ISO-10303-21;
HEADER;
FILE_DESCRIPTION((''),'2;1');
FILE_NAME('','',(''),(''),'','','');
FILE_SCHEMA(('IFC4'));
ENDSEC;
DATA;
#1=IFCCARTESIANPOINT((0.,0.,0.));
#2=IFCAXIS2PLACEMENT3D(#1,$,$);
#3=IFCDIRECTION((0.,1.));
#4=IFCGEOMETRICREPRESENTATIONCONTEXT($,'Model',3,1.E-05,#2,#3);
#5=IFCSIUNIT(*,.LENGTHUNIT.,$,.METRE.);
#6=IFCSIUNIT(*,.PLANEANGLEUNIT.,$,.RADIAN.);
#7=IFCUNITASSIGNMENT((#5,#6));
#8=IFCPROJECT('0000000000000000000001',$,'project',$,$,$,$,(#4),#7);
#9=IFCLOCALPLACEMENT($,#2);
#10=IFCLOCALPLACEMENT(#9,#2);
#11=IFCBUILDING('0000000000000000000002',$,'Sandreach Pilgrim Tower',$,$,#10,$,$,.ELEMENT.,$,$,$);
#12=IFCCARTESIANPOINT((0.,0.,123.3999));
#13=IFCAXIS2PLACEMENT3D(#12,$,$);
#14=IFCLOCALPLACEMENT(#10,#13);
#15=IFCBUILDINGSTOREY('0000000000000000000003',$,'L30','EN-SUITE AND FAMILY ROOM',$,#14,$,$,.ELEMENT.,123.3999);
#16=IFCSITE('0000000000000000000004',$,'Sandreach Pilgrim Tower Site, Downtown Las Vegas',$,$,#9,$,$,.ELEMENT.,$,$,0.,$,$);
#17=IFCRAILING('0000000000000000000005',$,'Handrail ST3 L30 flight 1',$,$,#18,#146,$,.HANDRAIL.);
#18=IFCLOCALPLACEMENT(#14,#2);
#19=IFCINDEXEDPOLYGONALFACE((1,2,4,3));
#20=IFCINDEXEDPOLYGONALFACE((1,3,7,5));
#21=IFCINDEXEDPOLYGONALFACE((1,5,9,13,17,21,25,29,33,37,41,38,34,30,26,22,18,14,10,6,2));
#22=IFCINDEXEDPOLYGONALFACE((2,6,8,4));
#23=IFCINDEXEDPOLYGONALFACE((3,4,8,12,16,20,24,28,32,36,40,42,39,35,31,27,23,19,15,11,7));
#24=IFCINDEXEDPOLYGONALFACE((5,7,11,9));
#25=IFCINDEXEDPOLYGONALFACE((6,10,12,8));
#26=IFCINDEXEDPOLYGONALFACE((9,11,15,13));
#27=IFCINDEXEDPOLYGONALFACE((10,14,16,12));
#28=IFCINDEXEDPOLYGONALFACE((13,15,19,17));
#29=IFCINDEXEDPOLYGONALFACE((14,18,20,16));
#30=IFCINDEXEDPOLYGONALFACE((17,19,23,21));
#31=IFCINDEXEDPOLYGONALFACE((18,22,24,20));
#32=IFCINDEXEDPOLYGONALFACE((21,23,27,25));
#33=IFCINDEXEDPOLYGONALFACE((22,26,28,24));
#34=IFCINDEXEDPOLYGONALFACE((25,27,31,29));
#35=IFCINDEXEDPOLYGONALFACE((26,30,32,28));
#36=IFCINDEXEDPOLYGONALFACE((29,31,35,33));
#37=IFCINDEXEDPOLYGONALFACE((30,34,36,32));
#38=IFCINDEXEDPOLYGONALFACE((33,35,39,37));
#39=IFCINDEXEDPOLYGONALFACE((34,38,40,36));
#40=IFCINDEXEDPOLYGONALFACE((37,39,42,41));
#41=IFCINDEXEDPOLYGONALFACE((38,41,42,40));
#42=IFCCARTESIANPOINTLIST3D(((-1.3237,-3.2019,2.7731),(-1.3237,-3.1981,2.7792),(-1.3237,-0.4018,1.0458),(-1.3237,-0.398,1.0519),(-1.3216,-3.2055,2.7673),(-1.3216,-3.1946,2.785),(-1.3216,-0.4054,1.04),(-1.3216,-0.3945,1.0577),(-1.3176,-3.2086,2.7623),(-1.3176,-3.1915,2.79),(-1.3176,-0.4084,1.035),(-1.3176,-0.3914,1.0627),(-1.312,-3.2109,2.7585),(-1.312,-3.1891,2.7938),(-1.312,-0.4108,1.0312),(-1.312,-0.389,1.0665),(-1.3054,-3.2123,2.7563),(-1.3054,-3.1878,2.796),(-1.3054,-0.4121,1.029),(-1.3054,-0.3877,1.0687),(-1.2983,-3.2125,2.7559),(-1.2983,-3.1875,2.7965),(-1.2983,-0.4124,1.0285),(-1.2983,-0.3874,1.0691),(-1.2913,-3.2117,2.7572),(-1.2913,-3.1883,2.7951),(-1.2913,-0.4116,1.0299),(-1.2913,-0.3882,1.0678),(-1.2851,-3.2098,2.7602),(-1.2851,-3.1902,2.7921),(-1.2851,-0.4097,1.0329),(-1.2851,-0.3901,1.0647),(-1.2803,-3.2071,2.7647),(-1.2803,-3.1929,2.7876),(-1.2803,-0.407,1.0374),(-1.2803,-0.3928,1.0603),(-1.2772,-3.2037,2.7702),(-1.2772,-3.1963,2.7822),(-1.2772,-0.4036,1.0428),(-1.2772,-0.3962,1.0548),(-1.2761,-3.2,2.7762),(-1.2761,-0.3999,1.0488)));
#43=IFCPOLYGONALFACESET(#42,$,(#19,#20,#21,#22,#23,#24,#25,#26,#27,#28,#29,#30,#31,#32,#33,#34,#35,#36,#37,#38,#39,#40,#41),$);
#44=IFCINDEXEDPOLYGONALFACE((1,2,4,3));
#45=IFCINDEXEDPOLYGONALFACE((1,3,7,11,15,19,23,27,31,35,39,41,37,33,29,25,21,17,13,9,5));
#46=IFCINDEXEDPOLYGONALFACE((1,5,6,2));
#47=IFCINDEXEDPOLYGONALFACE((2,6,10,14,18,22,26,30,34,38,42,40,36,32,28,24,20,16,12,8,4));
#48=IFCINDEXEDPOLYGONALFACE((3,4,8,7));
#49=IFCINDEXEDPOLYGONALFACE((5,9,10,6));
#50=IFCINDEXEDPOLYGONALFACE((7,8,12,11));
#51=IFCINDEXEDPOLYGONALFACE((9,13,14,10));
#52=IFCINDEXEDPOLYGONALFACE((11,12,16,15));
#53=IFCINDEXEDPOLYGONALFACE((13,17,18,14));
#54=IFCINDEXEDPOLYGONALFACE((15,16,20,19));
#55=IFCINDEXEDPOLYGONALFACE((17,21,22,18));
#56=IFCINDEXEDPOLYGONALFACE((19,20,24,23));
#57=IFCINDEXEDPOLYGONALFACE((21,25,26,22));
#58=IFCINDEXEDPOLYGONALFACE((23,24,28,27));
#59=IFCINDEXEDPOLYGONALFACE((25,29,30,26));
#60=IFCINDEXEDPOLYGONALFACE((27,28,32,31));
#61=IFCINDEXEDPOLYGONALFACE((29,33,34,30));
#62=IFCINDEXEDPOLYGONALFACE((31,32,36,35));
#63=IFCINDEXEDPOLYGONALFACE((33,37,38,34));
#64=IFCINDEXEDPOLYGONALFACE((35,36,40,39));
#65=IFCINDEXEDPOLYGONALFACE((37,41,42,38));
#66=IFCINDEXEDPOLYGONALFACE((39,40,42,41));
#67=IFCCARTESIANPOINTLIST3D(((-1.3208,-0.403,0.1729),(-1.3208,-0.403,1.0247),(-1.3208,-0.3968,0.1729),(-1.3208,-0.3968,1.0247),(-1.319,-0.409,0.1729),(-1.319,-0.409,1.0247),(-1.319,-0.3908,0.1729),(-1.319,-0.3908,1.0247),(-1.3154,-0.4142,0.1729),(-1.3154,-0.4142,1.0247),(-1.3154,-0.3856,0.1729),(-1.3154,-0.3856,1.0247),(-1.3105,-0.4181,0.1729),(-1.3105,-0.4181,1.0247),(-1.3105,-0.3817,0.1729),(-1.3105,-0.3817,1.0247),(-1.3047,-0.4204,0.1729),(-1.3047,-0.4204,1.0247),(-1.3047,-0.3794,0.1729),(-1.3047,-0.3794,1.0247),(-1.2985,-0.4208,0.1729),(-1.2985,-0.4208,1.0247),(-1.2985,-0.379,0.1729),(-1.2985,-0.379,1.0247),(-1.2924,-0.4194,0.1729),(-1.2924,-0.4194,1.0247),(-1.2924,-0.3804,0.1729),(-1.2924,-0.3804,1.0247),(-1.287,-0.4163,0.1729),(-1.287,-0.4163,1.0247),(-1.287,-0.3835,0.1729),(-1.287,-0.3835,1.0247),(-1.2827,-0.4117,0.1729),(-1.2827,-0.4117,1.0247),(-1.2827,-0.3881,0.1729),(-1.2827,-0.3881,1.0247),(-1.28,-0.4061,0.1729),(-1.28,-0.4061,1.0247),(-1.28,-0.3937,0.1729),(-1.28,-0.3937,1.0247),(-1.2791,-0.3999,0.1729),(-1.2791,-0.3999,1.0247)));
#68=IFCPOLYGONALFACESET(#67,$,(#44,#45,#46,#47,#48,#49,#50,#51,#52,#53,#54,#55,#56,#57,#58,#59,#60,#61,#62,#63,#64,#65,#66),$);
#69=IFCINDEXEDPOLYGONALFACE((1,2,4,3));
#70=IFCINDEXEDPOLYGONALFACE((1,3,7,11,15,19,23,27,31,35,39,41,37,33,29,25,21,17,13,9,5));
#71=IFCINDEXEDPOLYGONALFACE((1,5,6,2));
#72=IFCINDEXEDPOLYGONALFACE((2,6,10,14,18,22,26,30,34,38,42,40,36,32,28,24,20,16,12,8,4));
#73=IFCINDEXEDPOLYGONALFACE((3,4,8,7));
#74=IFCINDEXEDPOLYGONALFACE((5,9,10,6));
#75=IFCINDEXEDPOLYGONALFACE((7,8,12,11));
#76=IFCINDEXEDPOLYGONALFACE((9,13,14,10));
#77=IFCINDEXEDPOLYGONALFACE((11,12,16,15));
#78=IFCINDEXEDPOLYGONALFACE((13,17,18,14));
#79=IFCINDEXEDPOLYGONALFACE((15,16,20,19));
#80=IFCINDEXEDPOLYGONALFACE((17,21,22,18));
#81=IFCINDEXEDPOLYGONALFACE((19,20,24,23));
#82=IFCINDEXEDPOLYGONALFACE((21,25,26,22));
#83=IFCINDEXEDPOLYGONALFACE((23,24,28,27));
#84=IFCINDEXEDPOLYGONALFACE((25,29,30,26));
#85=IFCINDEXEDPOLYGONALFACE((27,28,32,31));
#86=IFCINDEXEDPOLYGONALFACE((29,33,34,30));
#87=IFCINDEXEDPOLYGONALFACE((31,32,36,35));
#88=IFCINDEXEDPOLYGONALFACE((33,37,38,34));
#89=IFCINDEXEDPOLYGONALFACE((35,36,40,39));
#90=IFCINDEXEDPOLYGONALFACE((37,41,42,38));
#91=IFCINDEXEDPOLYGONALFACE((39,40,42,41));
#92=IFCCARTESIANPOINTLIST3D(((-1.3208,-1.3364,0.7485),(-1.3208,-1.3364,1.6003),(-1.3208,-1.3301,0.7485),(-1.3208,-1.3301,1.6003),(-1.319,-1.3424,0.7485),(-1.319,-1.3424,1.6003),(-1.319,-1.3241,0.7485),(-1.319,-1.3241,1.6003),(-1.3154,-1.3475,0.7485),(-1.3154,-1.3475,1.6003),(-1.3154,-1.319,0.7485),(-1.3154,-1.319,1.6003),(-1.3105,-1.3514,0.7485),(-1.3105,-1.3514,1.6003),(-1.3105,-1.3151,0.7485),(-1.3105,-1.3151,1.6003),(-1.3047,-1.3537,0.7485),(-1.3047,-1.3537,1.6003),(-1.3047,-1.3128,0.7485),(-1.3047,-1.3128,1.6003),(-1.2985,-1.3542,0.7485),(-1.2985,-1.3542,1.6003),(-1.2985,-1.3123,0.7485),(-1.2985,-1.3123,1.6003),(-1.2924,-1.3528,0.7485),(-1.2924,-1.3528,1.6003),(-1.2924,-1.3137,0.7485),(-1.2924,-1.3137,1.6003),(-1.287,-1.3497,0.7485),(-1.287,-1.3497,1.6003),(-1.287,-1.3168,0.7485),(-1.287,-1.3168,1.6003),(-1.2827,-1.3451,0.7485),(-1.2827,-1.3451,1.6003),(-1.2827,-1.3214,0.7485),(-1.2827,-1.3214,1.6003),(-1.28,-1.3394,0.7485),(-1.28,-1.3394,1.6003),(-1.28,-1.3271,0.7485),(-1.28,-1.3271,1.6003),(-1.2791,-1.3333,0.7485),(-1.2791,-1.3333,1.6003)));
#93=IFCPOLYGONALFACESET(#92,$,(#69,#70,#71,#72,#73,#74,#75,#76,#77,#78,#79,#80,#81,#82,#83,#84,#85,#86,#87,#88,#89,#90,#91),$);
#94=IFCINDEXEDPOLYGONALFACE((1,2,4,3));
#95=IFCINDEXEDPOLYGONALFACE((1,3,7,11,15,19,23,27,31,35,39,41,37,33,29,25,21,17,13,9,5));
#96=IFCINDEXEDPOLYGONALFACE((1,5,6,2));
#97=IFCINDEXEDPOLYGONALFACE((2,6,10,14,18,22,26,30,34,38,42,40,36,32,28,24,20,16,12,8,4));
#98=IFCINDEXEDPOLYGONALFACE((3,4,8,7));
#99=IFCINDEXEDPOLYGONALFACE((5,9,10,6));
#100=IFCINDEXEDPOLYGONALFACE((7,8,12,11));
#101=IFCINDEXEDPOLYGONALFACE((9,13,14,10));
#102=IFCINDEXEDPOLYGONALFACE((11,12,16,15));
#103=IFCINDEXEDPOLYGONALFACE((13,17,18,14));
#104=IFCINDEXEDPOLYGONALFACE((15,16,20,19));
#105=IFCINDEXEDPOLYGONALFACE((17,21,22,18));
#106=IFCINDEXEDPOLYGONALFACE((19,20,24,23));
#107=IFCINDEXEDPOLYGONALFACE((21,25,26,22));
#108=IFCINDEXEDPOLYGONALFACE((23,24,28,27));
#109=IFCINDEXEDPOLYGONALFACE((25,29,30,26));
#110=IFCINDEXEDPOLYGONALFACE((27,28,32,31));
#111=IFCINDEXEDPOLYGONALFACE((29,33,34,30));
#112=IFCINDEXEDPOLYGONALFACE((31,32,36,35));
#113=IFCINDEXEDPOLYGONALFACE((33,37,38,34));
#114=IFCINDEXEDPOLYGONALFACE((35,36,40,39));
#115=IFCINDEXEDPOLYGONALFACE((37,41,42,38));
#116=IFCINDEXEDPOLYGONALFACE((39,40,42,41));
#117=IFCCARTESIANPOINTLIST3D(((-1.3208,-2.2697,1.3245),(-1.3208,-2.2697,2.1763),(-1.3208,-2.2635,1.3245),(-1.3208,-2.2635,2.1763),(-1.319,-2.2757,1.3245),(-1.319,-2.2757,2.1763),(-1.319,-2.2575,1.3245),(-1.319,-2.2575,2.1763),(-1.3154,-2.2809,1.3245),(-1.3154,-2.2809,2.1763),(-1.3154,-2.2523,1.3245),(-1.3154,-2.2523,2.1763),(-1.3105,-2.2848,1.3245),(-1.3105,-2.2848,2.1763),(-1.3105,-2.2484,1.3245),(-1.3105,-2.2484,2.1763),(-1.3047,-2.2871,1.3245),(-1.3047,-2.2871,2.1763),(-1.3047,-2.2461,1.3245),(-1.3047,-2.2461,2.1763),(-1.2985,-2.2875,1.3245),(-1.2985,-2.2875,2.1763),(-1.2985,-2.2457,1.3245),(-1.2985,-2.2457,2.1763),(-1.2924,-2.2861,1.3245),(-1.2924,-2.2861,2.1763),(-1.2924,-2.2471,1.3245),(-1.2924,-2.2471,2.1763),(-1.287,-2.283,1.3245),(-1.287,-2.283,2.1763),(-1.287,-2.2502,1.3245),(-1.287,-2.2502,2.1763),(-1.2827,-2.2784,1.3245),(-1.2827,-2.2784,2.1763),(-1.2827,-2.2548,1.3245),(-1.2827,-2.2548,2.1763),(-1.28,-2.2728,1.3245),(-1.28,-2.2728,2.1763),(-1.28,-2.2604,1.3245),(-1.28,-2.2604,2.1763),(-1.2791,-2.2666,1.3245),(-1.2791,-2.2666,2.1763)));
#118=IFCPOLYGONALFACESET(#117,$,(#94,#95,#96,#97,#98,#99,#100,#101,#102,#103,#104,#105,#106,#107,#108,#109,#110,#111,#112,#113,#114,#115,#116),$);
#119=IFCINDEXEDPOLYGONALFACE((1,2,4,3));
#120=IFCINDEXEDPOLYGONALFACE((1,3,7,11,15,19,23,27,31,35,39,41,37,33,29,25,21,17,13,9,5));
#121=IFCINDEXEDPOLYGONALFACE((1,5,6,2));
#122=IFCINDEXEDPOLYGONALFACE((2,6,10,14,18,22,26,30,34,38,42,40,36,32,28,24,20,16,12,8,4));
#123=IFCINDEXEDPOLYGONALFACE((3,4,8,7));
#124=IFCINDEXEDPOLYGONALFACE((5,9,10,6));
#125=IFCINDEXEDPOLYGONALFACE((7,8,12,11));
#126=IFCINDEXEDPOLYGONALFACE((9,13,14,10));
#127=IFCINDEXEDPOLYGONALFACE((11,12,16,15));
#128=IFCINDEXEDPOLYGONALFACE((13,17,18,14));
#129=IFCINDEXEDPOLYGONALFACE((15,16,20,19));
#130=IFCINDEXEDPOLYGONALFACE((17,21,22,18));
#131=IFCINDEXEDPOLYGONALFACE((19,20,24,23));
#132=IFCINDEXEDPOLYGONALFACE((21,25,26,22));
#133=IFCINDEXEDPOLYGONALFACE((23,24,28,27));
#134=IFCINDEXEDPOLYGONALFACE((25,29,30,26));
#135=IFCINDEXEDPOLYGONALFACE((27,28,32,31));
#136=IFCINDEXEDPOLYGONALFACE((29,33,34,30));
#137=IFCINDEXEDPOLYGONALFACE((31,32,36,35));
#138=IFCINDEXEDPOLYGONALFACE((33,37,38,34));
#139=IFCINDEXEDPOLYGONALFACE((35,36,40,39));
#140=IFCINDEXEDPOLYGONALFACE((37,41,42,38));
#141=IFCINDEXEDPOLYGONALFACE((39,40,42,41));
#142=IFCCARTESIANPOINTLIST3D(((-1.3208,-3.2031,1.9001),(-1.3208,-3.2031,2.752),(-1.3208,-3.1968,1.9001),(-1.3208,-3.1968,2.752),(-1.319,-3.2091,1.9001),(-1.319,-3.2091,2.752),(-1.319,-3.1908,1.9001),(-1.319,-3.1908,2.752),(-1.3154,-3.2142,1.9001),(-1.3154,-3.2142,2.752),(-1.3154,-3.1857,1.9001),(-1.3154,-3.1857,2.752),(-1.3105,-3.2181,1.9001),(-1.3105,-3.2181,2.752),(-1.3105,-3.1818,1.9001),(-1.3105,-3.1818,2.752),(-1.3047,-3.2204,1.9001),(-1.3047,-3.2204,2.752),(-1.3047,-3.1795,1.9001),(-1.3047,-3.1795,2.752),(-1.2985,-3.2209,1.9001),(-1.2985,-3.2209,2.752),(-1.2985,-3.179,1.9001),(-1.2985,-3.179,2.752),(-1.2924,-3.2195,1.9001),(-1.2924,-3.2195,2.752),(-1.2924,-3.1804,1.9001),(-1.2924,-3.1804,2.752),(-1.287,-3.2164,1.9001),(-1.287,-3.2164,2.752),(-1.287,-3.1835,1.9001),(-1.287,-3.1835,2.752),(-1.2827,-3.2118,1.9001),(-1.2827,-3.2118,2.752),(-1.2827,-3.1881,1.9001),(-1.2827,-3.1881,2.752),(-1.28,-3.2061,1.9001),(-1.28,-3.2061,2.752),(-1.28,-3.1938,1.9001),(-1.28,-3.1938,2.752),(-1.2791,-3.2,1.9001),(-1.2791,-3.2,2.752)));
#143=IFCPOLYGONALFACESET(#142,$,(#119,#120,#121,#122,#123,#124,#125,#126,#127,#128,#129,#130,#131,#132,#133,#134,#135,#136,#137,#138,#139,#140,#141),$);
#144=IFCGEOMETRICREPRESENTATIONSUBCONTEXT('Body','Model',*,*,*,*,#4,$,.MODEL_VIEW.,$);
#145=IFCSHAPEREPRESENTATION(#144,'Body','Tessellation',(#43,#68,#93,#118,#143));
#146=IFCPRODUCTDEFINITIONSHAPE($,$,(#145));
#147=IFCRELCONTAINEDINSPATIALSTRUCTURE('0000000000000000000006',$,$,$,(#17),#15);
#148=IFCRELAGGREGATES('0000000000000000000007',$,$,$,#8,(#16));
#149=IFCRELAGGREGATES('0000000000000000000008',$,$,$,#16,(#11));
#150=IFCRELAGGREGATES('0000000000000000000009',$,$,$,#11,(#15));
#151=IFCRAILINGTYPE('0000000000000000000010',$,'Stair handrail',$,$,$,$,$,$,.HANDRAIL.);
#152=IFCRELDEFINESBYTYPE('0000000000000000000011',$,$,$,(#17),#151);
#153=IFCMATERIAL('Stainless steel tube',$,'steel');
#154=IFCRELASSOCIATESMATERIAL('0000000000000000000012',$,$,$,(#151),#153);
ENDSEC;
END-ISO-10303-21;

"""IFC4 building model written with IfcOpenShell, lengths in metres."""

from ifc_helpers import new_model, si_unit, direction, frame, origin, origin_2d, place, context, subcontext, project, spatial, circle, extrude, material, type_object, element, save


model = new_model("IFC4")

# Units and contexts
model_context = context("Model", 3, precision=1e-05, world=origin(), true_north=direction((0.0, 1.0)))
body_context = subcontext(model_context, "Body", "Model", "MODEL_VIEW")
ifc_project = project(units=[si_unit("LENGTHUNIT", "METRE"), si_unit("PLANEANGLEUNIT", "RADIAN")], contexts=[model_context])

# Site, building, storey
site_placement = place(None, origin())
site = spatial("IfcSite", under=ifc_project, at=site_placement, Name="Sandreach Pilgrim Tower Site, Downtown Las Vegas", CompositionType="ELEMENT", RefElevation=0.0)
building_placement = place(site_placement, origin())
building = spatial("IfcBuilding", under=site, at=building_placement, Name="Sandreach Pilgrim Tower", CompositionType="ELEMENT")
storey_placement = place(building_placement, frame((0.0, 0.0, 123.3999)))
storey = spatial("IfcBuildingStorey", under=building, at=storey_placement, Name="L30", Description="EN-SUITE AND FAMILY ROOM", CompositionType="ELEMENT", Elevation=123.3999)

# Railing
ifc_material_1 = material(Name="Stainless steel tube", Category="steel")
railing_type = type_object("IfcRailingType", Name="Stair handrail", PredefinedType="HANDRAIL", material=ifc_material_1)
for number, where, name in (
    (1, (-1.3, -0.3999, 0.1729), "Handrail ST3 L30 flight 1"),
):
    element("IfcRailing", number, at=place(storey_placement, frame(where)), inside=storey, type_object=railing_type, Name=name, PredefinedType="HANDRAIL", context=body_context, shape_type="SweptSolid", body=[
        extrude(circle(Radius=0.0239, at=origin_2d()), frame((0.0, 0.0, 0.876), z_axis=(0.0, -0.85109, 0.52502), x_axis=(1.0, 0.0, 0.0)), (0.0, 0.0, 1.0), 3.29),
        extrude(circle(Radius=0.021, at=origin_2d()), origin(), (0.0, 0.0, 1.0), 0.8518),
        extrude(circle(Radius=0.021, at=origin_2d()), frame((0.0, -0.9333, 0.5757)), (0.0, 0.0, 1.0), 0.8518),
        extrude(circle(Radius=0.021, at=origin_2d()), frame((0.0, -1.8667, 1.1516)), (0.0, 0.0, 1.0), 0.8518),
        extrude(circle(Radius=0.021, at=origin_2d()), frame((0.0, -2.8, 1.7273)), (0.0, 0.0, 1.0), 0.8518),
    ])

save(model, "model.ifc")
